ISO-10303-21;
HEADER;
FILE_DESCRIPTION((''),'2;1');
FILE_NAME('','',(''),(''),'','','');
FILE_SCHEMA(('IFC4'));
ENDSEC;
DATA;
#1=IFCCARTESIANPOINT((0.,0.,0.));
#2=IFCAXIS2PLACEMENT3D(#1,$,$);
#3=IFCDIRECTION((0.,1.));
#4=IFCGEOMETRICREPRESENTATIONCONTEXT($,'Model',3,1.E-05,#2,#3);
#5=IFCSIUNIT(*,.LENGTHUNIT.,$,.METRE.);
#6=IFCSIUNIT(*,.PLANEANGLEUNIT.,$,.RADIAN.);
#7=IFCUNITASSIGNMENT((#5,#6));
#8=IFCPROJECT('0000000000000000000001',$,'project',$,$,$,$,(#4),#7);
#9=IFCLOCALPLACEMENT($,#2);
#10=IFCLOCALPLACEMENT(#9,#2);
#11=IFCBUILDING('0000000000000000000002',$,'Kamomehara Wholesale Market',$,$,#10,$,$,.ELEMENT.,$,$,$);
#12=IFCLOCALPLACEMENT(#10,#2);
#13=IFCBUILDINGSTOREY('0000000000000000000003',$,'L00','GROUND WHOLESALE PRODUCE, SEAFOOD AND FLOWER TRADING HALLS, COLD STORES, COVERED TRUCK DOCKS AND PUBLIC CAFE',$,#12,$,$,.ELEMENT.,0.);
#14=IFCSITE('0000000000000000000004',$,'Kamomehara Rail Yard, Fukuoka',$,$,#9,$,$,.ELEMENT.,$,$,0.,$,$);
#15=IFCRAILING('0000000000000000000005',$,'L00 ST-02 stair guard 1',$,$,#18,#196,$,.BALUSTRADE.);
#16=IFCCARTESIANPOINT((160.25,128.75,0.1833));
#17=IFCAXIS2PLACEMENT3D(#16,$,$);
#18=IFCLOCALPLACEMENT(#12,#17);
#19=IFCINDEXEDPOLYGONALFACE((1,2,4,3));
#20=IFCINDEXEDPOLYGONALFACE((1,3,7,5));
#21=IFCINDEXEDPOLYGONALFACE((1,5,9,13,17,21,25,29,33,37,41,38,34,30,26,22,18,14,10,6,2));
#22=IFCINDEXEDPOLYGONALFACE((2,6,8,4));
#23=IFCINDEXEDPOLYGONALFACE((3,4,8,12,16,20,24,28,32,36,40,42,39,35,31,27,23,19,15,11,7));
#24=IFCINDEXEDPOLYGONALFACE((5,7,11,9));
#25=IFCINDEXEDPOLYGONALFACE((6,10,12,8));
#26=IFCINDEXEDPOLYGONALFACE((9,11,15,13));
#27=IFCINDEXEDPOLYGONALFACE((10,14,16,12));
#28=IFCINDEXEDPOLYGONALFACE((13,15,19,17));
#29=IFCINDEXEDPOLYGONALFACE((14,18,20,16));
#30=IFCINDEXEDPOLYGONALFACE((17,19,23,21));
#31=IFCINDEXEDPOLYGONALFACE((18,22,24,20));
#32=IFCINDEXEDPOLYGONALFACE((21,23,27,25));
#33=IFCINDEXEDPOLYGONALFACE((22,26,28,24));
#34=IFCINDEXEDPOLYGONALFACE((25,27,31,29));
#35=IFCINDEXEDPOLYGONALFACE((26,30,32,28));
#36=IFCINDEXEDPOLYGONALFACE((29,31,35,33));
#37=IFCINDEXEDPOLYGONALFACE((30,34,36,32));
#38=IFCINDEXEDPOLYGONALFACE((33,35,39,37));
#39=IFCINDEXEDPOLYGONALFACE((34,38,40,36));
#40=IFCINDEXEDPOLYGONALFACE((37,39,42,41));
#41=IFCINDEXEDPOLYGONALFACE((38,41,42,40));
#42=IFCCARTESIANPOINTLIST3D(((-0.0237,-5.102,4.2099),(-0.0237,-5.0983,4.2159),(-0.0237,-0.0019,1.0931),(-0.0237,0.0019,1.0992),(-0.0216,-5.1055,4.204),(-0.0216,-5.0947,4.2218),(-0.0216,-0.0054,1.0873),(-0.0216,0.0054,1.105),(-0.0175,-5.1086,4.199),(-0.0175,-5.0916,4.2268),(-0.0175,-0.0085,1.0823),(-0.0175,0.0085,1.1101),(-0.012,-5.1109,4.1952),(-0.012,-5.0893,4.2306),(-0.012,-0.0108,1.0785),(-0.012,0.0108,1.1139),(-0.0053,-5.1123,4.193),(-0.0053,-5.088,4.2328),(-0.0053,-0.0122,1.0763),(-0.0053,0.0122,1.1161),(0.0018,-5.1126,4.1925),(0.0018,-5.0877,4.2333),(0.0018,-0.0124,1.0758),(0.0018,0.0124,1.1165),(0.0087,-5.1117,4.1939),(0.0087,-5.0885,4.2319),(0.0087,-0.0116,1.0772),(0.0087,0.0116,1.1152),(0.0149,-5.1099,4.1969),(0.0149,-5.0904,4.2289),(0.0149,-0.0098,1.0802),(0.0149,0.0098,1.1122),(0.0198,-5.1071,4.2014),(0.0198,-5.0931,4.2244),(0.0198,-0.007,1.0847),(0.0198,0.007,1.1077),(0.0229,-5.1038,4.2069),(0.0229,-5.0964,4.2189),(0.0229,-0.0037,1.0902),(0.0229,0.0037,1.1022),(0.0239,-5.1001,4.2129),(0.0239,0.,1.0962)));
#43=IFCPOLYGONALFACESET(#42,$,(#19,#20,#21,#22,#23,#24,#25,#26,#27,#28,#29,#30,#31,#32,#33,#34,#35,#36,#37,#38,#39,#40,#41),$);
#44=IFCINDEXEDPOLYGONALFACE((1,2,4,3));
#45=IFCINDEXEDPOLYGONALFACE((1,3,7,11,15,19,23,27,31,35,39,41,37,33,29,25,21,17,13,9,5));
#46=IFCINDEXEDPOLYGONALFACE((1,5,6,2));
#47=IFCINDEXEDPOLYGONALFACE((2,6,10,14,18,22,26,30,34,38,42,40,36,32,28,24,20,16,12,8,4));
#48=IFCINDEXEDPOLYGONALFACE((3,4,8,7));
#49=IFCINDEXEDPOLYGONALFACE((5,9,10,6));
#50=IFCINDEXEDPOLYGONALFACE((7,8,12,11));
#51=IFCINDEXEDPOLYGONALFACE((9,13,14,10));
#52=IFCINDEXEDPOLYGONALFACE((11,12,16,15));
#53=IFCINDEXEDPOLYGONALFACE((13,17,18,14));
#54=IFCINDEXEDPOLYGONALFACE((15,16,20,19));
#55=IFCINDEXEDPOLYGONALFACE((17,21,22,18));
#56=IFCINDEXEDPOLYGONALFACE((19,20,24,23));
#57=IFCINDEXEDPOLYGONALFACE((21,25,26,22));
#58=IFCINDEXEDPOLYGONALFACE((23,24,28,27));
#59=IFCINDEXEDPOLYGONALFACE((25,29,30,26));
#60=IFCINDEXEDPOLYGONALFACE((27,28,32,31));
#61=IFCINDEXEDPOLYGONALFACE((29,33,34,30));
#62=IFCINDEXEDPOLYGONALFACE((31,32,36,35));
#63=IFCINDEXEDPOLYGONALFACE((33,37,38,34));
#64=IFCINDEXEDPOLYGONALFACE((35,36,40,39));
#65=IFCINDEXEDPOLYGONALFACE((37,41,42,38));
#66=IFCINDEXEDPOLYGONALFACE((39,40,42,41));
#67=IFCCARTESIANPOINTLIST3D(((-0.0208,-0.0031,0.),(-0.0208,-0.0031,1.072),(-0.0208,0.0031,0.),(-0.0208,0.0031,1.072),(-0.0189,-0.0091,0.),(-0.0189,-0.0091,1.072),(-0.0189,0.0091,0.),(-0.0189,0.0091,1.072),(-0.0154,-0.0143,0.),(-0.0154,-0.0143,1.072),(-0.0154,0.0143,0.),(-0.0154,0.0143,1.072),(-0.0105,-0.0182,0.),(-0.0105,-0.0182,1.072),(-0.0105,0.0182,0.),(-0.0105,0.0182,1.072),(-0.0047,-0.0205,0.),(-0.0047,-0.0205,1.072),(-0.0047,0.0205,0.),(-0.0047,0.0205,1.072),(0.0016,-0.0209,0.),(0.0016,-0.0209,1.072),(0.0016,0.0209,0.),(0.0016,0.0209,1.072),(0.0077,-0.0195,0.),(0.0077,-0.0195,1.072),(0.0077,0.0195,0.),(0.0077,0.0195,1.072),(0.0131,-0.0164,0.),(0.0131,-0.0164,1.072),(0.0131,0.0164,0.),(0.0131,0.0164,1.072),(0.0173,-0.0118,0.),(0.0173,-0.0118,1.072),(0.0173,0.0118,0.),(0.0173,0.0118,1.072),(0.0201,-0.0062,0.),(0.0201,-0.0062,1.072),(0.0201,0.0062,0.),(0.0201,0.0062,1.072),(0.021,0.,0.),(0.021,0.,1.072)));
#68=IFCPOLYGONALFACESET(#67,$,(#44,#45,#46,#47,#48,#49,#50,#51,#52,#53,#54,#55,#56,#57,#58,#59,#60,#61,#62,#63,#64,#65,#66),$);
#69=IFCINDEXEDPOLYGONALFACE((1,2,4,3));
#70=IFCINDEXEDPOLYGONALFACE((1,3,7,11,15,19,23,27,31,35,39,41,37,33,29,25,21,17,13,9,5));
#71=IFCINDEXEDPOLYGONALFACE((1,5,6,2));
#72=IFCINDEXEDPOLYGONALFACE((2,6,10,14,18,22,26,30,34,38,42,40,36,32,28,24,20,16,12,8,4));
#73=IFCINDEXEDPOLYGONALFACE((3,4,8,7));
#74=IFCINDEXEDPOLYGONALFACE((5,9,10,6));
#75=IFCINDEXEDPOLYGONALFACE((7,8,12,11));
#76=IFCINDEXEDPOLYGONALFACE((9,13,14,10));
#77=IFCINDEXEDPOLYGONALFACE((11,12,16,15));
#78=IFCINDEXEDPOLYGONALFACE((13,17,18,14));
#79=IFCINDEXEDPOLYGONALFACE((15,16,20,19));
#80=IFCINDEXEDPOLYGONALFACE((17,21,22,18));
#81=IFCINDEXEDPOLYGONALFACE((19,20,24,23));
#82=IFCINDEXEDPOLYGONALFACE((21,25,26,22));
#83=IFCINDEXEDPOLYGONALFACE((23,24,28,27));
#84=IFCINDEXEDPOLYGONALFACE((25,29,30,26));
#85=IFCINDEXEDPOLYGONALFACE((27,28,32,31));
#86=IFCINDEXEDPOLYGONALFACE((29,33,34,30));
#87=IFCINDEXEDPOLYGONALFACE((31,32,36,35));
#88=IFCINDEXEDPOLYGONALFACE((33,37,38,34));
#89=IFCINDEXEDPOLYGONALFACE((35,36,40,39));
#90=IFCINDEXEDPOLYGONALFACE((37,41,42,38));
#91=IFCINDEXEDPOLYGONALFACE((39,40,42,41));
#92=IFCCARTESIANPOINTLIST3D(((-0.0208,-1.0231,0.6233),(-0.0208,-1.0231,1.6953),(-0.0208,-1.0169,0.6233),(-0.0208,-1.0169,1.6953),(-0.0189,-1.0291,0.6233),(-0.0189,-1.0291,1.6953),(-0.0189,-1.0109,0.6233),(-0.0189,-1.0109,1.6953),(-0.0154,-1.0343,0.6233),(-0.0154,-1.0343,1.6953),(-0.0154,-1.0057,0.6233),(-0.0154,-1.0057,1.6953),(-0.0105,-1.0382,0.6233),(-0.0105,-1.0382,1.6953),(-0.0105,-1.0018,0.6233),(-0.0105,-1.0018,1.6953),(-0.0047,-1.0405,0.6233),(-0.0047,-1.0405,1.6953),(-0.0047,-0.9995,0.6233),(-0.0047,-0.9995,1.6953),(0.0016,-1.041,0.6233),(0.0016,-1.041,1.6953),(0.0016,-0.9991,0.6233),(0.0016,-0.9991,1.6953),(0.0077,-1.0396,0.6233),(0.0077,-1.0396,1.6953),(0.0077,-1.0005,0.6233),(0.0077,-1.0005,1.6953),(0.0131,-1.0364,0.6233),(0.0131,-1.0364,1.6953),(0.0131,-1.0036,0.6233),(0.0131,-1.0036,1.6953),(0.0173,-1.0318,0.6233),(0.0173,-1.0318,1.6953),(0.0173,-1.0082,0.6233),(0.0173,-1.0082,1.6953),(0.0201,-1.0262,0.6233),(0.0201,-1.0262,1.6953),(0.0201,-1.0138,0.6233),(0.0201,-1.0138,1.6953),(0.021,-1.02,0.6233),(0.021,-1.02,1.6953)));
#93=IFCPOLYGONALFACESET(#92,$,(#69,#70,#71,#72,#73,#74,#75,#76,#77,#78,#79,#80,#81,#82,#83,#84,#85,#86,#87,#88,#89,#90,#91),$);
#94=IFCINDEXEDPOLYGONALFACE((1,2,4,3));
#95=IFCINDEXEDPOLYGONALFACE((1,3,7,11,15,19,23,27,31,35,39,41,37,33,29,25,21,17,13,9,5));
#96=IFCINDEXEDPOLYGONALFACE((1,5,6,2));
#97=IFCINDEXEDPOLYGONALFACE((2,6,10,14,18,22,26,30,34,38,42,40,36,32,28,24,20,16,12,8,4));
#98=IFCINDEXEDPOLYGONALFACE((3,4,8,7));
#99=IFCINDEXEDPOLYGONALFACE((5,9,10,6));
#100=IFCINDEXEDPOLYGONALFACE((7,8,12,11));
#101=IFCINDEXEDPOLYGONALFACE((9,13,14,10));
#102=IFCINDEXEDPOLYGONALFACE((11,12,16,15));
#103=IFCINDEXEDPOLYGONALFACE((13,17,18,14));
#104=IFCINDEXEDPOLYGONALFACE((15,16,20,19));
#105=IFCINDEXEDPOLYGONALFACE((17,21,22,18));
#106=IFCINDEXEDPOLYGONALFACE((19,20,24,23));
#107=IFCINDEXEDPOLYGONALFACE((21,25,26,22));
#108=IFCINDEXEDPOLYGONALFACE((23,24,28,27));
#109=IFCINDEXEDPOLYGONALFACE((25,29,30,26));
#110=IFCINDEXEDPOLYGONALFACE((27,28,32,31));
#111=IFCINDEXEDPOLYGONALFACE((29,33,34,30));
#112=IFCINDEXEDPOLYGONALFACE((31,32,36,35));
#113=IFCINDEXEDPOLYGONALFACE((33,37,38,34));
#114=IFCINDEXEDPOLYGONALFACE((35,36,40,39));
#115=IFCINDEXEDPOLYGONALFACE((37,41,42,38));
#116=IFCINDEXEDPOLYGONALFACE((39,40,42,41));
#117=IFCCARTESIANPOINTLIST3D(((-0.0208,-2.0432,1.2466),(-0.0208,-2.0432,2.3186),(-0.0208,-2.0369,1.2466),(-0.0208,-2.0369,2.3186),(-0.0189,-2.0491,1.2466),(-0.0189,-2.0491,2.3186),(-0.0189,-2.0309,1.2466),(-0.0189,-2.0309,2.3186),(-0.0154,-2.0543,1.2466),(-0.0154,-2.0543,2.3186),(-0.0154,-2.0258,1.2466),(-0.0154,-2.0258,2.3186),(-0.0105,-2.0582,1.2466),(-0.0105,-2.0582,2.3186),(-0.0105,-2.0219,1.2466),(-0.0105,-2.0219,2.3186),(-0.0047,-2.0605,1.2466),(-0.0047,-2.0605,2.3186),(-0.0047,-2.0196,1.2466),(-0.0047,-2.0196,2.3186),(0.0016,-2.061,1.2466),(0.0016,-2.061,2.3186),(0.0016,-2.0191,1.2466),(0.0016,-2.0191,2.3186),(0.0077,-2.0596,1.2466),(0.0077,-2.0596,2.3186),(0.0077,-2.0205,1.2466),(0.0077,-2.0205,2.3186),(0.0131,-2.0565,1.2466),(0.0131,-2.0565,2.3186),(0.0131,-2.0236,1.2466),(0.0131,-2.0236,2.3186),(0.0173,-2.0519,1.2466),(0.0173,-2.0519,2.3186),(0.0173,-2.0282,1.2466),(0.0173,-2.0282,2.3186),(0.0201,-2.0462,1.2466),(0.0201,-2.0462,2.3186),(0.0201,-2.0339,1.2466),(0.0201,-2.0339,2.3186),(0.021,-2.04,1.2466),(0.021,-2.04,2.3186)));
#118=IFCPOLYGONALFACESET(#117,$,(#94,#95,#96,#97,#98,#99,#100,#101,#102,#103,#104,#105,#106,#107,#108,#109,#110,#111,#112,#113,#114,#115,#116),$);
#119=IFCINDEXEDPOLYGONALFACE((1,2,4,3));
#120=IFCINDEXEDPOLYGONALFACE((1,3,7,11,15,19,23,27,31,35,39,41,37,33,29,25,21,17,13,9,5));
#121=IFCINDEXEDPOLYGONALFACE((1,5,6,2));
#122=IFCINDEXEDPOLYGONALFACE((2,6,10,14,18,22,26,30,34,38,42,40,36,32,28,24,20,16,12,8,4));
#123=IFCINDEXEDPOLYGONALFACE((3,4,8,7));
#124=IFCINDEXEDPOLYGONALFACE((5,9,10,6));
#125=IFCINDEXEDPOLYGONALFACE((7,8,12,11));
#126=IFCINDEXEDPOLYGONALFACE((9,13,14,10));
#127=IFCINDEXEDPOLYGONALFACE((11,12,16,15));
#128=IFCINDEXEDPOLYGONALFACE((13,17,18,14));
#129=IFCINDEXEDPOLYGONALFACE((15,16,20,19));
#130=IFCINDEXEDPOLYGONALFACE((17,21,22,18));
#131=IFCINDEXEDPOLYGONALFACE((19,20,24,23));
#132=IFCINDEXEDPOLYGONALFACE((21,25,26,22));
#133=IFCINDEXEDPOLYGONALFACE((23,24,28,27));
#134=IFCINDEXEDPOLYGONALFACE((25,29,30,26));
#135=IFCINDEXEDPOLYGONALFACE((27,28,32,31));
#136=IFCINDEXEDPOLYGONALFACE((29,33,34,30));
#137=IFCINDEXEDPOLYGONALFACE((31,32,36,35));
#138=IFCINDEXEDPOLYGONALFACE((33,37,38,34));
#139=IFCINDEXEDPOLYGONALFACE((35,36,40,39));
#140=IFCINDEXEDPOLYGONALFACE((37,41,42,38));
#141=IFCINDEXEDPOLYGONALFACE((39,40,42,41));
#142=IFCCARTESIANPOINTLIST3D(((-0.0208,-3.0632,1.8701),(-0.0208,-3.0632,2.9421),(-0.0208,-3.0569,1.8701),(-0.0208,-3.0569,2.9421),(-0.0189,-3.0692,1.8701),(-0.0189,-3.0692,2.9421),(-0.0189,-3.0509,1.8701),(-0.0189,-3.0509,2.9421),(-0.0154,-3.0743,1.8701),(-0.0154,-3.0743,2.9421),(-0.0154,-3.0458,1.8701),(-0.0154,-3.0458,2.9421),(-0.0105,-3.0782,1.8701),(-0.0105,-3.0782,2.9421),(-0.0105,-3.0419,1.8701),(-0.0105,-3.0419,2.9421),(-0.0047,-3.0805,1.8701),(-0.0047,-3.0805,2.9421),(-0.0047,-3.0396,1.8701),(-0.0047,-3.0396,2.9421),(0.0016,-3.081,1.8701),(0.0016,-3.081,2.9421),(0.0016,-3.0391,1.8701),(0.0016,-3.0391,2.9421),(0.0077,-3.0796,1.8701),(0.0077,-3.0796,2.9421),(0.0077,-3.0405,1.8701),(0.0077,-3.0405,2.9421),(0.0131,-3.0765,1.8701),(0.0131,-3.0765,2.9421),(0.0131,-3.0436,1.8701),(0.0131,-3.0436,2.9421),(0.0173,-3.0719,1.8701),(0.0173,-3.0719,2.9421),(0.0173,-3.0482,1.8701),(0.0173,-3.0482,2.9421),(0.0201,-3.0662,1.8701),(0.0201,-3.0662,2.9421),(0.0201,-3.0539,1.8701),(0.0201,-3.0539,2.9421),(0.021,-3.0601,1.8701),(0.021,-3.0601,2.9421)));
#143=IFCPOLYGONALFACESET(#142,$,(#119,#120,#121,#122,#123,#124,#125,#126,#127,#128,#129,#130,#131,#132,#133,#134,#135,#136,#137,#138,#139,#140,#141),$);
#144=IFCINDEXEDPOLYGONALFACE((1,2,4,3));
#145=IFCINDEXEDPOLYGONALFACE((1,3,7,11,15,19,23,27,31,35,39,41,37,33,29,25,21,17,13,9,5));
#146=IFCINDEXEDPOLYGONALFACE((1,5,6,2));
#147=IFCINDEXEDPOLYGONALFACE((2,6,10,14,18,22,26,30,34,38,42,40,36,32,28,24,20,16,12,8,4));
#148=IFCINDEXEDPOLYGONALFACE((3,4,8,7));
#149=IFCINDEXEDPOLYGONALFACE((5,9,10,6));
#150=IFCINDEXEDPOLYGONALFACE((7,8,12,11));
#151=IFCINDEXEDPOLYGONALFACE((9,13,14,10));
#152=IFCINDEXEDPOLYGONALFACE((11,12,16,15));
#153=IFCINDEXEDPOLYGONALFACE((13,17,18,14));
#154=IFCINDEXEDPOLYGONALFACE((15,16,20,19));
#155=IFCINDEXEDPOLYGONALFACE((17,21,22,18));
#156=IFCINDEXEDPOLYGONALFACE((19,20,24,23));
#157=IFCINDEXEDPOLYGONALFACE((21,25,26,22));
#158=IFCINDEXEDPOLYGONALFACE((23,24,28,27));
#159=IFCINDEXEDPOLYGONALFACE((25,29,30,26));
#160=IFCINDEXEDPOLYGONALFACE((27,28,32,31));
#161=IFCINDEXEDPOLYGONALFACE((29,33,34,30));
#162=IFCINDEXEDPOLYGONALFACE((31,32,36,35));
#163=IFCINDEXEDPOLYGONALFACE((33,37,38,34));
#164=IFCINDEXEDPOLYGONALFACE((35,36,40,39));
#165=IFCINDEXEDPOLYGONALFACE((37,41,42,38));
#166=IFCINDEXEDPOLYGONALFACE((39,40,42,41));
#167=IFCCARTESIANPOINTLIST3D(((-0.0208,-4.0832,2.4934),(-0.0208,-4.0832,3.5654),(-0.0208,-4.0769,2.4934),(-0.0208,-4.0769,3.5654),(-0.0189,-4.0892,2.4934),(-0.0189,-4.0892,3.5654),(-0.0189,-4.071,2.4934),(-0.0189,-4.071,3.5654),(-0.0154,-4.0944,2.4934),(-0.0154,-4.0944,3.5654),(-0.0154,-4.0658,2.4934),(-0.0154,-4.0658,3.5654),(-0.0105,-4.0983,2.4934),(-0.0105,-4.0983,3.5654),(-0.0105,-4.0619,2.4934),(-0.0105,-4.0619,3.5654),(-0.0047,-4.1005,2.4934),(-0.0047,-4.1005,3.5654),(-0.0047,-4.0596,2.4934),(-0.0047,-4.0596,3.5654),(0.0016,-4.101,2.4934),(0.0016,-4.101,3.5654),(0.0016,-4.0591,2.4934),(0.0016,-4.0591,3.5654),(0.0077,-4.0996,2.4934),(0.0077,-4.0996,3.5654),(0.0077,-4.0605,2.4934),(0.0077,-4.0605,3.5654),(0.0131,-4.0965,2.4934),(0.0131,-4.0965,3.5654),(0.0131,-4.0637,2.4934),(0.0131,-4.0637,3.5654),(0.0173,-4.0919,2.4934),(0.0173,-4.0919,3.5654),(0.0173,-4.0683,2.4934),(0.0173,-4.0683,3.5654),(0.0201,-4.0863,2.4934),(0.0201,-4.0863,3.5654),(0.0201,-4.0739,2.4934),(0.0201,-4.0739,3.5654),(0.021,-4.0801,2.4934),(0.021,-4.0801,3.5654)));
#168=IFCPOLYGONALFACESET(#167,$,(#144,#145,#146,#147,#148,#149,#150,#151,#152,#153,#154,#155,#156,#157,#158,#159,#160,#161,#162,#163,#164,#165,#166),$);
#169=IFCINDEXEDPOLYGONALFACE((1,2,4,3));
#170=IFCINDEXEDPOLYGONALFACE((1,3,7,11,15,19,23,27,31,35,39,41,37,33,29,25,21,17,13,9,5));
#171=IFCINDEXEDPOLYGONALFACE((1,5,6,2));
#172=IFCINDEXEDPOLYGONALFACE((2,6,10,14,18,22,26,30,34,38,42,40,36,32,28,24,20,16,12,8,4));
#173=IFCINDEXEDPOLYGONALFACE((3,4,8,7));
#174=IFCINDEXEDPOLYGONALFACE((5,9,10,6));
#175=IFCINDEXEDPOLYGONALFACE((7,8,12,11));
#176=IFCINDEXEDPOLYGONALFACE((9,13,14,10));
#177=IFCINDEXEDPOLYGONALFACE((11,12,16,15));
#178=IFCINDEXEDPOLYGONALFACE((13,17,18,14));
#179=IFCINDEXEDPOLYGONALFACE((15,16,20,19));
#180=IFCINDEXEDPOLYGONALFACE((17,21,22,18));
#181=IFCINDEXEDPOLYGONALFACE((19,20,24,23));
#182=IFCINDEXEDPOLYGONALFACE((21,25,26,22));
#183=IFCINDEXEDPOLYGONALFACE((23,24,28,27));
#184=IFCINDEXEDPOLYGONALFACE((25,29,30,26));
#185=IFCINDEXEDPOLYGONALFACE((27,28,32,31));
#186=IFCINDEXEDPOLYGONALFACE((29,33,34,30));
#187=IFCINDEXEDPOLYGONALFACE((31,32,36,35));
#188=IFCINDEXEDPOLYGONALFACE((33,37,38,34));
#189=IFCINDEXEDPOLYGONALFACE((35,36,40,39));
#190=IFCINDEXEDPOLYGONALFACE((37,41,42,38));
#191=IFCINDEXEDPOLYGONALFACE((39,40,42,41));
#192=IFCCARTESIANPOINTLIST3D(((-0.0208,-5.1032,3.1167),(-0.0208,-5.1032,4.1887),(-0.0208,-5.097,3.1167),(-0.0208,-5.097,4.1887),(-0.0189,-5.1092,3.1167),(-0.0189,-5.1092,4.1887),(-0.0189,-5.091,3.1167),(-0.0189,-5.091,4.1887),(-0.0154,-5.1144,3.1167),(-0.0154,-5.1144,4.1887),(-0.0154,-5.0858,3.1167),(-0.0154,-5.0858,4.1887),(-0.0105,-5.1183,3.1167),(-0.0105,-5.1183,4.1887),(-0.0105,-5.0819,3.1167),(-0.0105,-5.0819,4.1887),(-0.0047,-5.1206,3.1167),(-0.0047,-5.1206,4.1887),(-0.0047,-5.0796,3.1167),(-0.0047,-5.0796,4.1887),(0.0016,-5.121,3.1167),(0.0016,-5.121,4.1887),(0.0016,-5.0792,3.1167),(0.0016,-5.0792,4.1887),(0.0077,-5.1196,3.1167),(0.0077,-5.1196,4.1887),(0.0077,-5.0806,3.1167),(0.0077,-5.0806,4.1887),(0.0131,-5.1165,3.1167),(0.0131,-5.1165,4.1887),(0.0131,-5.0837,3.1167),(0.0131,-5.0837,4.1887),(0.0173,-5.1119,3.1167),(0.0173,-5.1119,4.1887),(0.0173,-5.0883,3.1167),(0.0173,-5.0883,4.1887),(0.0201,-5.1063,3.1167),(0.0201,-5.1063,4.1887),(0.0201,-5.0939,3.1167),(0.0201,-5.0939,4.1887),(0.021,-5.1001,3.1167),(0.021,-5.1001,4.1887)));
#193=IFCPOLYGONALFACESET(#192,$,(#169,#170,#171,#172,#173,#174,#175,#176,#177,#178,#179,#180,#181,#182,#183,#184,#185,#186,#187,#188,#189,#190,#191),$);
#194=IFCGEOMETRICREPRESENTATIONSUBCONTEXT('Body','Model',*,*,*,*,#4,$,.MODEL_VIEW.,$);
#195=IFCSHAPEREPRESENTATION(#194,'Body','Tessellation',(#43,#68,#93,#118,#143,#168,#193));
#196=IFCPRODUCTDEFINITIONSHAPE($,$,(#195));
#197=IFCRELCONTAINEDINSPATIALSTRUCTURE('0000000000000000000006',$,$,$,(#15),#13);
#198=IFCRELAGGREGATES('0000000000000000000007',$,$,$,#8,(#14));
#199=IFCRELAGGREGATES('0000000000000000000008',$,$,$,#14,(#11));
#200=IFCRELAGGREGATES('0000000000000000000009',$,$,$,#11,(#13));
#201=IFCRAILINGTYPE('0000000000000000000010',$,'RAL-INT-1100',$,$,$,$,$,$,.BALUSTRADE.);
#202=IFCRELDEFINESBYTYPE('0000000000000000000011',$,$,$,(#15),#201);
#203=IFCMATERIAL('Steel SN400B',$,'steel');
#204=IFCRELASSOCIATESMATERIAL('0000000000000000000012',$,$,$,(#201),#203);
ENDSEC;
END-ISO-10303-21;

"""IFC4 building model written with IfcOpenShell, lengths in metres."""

from ifc_helpers import new_model, si_unit, direction, frame, origin, origin_2d, place, context, subcontext, project, spatial, circle, extrude, material, type_object, element, save


model = new_model("IFC4")

# Units and contexts
model_context = context("Model", 3, precision=1e-05, world=origin(), true_north=direction((0.0, 1.0)))
body_context = subcontext(model_context, "Body", "Model", "MODEL_VIEW")
ifc_project = project(units=[si_unit("LENGTHUNIT", "METRE"), si_unit("PLANEANGLEUNIT", "RADIAN")], contexts=[model_context])

# Site, building, storey
site_placement = place(None, origin())
site = spatial("IfcSite", under=ifc_project, at=site_placement, Name="Kamomehara Rail Yard, Fukuoka", CompositionType="ELEMENT", RefElevation=0.0)
building_placement = place(site_placement, origin())
building = spatial("IfcBuilding", under=site, at=building_placement, Name="Kamomehara Wholesale Market", CompositionType="ELEMENT")
storey_placement = place(building_placement, origin())
storey = spatial("IfcBuildingStorey", under=building, at=storey_placement, Name="L00", Description="GROUND WHOLESALE PRODUCE, SEAFOOD AND FLOWER TRADING HALLS, COLD STORES, COVERED TRUCK DOCKS AND PUBLIC CAFE", CompositionType="ELEMENT", Elevation=0.0)

# Railing
ifc_material_1 = material(Name="Steel SN400B", Category="steel")
railing_type_1 = type_object("IfcRailingType", Name="RAL-INT-1100", PredefinedType="BALUSTRADE", material=ifc_material_1)
railing_1_placement = place(storey_placement, frame((160.25, 128.75, 0.1833)))
element("IfcRailing", 1, at=railing_1_placement, inside=storey, type_object=railing_type_1, Name="L00 ST-02 stair guard 1", PredefinedType="BALUSTRADE", context=body_context, shape_type="SweptSolid", body=[
    extrude(circle(Radius=0.0239, at=origin_2d()), frame((0.0, 0.0, 1.0962), z_axis=(0.0, -0.853284, 0.521447), x_axis=(1.0, 0.0, 0.0)), (0.0, 0.0, 1.0), 5.9771),
    extrude(circle(Radius=0.021, at=origin_2d()), origin(), (0.0, 0.0, 1.0), 1.072),
    extrude(circle(Radius=0.021, at=origin_2d()), frame((0.0, -1.02, 0.6233)), (0.0, 0.0, 1.0), 1.072),
    extrude(circle(Radius=0.021, at=origin_2d()), frame((0.0, -2.04, 1.2466)), (0.0, 0.0, 1.0), 1.072),
    extrude(circle(Radius=0.021, at=origin_2d()), frame((0.0, -3.0601, 1.8701)), (0.0, 0.0, 1.0), 1.072),
    extrude(circle(Radius=0.021, at=origin_2d()), frame((0.0, -4.0801, 2.4934)), (0.0, 0.0, 1.0), 1.072),
    extrude(circle(Radius=0.021, at=origin_2d()), frame((0.0, -5.1001, 3.1167)), (0.0, 0.0, 1.0), 1.072),
])

save(model, "model.ifc")
